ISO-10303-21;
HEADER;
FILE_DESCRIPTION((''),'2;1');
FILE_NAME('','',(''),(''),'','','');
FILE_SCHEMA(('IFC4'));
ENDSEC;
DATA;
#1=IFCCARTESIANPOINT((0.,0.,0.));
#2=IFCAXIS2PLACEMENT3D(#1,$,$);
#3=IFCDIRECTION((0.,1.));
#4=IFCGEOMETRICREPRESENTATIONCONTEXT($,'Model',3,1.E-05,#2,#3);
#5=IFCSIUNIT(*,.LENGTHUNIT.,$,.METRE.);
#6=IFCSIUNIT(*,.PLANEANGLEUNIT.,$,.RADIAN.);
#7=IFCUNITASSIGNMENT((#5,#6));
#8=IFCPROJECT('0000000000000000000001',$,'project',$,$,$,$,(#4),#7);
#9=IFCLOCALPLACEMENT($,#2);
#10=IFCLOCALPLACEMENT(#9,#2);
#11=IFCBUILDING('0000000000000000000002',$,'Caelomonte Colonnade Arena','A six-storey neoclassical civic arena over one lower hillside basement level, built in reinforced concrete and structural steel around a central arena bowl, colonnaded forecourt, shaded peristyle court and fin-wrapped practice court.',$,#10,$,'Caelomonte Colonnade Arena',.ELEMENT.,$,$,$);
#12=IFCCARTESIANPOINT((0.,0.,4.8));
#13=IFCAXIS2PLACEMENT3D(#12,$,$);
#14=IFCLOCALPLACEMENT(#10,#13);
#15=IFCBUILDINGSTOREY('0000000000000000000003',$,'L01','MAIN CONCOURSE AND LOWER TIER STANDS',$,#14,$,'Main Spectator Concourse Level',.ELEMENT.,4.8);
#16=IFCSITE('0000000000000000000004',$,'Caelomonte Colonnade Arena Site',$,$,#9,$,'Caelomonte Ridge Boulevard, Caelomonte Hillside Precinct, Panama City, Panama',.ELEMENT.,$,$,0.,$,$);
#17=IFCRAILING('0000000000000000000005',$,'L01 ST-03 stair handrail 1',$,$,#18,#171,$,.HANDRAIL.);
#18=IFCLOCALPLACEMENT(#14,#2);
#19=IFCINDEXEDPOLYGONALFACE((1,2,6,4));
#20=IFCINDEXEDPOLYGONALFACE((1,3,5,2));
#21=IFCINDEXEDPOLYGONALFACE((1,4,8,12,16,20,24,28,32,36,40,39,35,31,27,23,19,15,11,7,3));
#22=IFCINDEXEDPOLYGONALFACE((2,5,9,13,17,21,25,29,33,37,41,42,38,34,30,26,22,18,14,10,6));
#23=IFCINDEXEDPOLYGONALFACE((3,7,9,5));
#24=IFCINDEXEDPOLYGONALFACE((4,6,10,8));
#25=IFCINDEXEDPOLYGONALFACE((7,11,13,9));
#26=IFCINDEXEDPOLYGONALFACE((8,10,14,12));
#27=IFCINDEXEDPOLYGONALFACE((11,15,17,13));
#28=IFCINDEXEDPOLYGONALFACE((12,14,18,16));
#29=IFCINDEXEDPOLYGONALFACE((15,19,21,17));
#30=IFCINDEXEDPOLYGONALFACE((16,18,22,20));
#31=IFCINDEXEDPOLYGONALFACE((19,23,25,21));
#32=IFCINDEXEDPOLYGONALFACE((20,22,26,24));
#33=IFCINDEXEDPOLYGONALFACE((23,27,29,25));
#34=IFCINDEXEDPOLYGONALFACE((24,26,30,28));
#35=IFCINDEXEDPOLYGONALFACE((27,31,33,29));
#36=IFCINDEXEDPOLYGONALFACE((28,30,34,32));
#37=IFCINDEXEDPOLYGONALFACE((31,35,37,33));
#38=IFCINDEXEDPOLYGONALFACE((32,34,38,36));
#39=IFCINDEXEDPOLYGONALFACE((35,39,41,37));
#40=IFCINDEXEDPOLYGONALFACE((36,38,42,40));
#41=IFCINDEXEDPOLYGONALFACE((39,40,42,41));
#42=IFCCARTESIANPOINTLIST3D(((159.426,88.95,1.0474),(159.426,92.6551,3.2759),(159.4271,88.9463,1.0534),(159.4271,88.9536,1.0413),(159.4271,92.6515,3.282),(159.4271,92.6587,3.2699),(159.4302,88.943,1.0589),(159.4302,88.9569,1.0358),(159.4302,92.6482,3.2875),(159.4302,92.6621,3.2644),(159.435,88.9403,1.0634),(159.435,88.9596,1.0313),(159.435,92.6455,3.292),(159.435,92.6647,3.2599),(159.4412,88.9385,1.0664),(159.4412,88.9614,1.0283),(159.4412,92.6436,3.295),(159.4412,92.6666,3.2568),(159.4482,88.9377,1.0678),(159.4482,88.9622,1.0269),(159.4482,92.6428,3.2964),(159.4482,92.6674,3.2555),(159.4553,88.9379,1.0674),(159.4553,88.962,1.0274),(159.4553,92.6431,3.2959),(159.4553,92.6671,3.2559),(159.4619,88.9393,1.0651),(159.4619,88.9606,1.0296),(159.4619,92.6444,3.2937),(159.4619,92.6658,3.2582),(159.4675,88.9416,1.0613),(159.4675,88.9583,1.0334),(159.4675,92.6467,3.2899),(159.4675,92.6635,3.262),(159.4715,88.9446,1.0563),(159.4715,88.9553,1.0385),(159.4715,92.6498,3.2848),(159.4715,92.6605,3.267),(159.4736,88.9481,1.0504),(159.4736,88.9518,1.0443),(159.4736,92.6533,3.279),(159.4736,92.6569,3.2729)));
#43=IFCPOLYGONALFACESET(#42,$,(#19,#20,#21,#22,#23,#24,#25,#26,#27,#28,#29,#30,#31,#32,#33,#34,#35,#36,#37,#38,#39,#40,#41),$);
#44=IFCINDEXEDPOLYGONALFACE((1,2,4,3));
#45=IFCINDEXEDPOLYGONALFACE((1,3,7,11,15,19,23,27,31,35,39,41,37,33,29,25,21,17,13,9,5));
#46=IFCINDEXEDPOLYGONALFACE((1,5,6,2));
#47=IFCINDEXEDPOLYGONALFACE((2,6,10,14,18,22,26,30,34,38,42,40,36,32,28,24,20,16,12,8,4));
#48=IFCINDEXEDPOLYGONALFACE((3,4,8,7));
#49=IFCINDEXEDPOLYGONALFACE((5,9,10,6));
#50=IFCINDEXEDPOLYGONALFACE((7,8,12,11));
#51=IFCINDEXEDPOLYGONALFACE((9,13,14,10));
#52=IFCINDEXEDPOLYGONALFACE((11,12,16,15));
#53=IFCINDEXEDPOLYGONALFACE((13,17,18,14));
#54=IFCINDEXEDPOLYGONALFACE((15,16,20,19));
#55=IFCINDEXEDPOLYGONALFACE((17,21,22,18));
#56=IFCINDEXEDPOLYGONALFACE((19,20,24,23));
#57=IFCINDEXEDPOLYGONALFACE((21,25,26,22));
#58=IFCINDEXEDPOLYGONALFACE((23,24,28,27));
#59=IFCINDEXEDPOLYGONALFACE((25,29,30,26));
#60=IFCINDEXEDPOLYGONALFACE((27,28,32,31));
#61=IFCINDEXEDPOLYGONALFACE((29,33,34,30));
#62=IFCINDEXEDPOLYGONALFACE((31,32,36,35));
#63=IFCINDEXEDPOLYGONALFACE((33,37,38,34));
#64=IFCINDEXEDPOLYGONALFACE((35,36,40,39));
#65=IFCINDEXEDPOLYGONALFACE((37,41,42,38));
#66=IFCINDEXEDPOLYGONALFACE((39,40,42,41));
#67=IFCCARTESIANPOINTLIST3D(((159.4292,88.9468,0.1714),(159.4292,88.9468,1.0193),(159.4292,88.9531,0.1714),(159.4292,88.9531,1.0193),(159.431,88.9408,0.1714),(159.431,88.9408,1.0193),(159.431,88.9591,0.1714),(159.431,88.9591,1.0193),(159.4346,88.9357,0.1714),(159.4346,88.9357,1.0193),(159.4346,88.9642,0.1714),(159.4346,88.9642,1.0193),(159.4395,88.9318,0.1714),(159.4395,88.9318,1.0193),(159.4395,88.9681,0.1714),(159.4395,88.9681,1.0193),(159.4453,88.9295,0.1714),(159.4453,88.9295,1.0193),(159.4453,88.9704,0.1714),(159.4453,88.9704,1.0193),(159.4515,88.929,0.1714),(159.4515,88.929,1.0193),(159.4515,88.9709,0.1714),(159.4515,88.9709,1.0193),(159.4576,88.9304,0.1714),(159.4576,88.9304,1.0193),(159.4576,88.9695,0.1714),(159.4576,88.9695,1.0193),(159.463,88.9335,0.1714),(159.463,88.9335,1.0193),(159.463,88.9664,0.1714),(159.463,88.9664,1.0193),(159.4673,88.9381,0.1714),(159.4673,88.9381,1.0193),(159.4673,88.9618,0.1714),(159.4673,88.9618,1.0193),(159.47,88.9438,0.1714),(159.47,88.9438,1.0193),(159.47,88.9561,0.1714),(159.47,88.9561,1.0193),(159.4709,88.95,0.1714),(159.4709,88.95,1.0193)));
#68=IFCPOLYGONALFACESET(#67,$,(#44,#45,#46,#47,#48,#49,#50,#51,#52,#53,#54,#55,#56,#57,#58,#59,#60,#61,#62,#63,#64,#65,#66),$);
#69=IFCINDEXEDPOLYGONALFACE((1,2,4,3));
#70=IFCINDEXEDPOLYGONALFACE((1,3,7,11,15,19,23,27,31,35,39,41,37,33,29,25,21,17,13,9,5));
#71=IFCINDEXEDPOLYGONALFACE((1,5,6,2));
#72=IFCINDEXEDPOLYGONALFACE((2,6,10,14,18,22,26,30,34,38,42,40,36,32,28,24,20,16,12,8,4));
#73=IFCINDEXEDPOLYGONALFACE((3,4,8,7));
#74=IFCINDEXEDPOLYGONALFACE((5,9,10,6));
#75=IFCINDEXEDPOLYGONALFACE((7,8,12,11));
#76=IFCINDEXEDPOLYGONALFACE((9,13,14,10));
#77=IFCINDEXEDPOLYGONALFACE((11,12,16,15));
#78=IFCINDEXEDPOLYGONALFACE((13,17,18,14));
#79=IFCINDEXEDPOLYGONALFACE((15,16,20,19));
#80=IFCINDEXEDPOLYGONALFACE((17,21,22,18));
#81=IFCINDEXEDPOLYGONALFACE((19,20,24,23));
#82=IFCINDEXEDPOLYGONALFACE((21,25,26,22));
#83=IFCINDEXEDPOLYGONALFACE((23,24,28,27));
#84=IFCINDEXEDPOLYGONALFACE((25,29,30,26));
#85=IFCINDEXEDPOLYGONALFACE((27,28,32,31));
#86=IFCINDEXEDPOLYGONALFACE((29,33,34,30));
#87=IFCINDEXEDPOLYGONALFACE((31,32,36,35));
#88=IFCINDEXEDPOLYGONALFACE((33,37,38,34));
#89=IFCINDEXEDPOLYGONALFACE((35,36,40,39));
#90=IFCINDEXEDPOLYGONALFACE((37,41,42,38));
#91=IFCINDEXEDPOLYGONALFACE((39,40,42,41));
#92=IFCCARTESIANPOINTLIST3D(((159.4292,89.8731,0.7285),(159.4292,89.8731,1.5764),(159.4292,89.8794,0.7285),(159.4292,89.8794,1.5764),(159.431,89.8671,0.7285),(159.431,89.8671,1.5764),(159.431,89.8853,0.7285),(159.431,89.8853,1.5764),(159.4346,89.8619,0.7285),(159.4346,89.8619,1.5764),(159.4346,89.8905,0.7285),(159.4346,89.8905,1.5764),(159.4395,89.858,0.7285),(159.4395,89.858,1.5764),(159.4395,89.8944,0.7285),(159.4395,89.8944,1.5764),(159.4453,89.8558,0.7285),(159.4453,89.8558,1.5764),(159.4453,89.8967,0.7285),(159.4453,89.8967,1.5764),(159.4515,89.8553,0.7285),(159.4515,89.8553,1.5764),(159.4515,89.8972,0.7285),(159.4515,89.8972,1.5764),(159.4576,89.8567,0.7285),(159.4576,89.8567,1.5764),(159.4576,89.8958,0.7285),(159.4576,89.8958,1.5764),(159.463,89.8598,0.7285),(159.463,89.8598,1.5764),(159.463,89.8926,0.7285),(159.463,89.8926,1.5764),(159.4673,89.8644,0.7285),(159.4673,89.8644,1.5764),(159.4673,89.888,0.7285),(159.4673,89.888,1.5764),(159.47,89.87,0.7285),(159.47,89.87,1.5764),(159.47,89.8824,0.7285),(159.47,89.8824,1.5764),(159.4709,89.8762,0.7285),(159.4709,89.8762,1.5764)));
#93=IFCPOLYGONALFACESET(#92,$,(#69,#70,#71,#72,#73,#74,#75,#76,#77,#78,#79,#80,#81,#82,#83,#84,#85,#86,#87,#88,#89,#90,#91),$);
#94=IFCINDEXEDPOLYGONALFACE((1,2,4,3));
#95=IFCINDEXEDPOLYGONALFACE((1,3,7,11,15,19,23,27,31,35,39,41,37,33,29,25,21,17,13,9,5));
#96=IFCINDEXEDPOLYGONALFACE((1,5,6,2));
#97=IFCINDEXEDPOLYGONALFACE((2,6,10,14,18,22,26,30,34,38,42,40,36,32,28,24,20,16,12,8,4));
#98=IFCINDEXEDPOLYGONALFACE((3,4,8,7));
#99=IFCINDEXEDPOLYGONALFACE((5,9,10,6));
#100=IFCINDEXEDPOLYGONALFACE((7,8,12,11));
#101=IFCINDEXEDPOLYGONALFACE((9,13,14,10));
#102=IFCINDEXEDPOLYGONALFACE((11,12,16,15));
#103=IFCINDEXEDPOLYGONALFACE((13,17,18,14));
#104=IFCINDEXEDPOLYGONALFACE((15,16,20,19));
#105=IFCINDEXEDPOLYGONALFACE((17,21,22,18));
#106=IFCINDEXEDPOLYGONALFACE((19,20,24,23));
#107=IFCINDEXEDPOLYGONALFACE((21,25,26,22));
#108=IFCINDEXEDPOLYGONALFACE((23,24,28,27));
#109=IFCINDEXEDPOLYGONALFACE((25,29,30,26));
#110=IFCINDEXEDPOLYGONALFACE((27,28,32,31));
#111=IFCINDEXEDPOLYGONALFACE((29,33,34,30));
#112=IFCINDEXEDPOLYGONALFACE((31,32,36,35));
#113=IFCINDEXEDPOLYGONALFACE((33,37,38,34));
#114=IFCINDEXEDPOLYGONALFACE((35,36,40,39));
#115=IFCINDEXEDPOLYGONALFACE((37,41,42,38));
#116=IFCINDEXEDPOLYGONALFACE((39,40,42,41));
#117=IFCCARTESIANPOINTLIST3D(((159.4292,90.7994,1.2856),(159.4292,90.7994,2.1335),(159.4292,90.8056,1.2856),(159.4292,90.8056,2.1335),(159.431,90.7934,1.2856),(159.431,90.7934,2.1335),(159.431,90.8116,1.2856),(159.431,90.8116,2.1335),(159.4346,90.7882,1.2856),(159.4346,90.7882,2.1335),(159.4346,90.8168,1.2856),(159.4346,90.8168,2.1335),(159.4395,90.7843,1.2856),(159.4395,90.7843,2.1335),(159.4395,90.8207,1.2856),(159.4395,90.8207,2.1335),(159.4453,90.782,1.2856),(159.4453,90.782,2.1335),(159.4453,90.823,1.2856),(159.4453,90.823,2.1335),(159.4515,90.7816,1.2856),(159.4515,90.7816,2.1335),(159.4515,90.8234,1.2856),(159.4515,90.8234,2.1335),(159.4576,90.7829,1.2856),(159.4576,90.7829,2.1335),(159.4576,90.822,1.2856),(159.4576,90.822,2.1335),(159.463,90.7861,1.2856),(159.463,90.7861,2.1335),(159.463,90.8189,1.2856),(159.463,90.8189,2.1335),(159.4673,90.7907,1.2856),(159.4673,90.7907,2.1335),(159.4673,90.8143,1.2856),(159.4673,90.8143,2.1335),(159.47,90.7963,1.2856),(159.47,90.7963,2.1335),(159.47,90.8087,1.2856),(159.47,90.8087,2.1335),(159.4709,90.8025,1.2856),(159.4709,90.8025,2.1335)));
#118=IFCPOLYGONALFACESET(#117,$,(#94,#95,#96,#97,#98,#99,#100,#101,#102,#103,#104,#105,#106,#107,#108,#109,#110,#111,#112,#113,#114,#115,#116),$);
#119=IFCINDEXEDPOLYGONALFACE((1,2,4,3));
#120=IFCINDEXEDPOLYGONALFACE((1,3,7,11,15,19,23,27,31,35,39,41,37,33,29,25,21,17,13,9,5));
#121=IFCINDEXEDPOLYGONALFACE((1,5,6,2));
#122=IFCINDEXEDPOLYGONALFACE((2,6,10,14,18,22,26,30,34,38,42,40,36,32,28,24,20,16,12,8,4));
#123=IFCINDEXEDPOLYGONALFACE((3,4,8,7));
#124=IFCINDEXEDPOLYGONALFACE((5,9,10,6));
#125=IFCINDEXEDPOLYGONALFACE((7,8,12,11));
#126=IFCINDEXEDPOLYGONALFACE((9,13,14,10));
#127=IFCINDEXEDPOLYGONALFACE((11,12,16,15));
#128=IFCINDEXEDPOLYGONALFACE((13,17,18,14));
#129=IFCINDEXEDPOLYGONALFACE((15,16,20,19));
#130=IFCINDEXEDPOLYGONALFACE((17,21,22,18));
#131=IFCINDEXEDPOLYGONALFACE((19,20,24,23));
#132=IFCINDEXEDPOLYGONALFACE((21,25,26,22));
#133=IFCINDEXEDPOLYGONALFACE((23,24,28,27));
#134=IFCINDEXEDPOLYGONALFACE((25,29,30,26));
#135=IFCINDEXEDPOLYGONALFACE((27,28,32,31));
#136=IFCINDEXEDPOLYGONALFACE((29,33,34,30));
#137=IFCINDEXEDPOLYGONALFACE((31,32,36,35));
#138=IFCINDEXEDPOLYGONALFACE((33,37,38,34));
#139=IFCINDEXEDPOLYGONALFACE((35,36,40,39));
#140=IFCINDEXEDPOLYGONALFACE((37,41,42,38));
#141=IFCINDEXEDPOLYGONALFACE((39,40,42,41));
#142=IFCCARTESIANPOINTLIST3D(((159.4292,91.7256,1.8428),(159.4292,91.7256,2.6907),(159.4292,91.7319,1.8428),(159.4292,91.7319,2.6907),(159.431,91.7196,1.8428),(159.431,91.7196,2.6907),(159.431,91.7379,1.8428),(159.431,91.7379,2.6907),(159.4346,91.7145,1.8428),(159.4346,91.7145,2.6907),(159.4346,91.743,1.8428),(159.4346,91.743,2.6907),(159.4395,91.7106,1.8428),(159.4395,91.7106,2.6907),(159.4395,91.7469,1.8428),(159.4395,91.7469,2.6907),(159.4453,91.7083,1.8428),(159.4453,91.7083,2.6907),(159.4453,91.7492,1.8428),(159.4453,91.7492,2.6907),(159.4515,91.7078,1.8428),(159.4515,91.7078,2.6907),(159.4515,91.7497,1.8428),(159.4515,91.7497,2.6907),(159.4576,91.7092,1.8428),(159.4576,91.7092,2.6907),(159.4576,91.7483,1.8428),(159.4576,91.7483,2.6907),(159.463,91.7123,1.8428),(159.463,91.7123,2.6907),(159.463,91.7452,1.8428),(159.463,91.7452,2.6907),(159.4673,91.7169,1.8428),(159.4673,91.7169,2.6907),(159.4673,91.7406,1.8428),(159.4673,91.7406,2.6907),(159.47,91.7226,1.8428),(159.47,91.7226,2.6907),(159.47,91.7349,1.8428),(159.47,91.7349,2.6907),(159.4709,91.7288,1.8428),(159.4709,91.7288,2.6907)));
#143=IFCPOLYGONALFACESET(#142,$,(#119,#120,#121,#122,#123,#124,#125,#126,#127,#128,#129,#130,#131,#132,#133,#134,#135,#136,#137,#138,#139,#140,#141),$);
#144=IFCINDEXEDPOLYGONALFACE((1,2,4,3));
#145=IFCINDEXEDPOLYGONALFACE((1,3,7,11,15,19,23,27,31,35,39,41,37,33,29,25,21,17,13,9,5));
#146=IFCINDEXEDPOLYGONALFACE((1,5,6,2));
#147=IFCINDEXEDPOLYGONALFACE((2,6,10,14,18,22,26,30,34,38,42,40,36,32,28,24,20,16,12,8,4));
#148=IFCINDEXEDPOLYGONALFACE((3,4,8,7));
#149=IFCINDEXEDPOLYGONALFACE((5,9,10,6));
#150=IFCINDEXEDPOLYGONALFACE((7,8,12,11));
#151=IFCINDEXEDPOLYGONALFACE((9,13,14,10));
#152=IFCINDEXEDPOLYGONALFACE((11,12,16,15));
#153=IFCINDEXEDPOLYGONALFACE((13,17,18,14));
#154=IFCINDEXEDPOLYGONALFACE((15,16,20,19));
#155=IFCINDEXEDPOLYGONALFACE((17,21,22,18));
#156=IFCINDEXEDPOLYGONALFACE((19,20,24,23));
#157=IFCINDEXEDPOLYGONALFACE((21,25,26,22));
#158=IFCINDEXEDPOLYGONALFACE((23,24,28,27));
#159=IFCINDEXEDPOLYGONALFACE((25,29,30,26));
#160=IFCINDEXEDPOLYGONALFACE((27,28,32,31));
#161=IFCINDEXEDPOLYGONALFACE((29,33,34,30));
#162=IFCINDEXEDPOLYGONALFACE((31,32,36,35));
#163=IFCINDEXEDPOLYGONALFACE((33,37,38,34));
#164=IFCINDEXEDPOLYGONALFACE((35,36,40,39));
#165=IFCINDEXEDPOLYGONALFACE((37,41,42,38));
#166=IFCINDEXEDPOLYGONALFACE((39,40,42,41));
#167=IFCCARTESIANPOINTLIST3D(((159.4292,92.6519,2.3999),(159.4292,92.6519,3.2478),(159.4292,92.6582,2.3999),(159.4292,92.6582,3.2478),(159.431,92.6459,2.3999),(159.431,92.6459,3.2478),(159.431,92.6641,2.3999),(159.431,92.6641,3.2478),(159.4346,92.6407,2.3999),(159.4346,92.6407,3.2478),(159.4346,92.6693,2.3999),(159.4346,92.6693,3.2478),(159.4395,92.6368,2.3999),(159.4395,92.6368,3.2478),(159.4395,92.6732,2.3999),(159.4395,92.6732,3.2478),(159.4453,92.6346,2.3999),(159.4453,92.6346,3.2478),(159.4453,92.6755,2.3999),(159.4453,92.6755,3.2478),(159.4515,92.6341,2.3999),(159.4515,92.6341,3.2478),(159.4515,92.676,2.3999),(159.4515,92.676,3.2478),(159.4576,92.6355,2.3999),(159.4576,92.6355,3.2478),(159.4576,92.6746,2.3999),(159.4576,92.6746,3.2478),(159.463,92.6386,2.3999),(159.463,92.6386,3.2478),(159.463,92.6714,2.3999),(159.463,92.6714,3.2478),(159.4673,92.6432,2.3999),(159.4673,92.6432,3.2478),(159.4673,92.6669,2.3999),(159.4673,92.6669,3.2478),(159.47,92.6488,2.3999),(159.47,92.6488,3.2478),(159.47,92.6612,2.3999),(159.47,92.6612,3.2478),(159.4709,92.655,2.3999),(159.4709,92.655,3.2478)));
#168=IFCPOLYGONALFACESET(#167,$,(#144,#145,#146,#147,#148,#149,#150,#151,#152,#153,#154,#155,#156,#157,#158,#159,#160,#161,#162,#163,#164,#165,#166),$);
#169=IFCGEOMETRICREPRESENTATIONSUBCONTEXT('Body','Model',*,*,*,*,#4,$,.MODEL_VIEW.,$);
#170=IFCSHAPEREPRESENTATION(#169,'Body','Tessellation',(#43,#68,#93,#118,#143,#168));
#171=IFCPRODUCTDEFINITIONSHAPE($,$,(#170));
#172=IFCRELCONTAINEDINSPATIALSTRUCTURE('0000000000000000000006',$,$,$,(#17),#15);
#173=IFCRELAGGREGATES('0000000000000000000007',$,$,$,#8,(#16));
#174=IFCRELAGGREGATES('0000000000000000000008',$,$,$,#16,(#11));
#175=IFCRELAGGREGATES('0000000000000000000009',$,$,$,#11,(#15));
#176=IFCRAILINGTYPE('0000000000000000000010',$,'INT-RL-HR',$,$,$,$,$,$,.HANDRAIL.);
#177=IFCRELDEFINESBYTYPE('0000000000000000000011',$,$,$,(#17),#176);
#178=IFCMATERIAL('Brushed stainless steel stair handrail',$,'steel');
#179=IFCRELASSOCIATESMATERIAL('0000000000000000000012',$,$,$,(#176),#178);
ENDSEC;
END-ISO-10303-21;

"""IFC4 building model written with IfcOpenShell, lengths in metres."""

from ifc_helpers import new_model, si_unit, direction, frame, origin, origin_2d, place, context, subcontext, project, spatial, circle, extrude, material, type_object, element, save


model = new_model("IFC4")

# Units and contexts
model_context = context("Model", 3, precision=1e-05, world=origin(), true_north=direction((0.0, 1.0)))
body_context = subcontext(model_context, "Body", "Model", "MODEL_VIEW")
ifc_project = project(units=[si_unit("LENGTHUNIT", "METRE"), si_unit("PLANEANGLEUNIT", "RADIAN")], contexts=[model_context])

# Site, building, storey
site_placement = place(None, origin())
site = spatial("IfcSite", under=ifc_project, at=site_placement, Name="Caelomonte Colonnade Arena Site", LongName="Caelomonte Ridge Boulevard, Caelomonte Hillside Precinct, Panama City, Panama", CompositionType="ELEMENT", RefElevation=0.0)
building_placement = place(site_placement, origin())
building = spatial("IfcBuilding", under=site, at=building_placement, Name="Caelomonte Colonnade Arena", Description="A six-storey neoclassical civic arena over one lower hillside basement level, built in reinforced concrete and structural steel around a central arena bowl, colonnaded forecourt, shaded peristyle court and fin-wrapped practice court.", LongName="Caelomonte Colonnade Arena", CompositionType="ELEMENT")
storey_placement = place(building_placement, frame((0.0, 0.0, 4.8)))
storey = spatial("IfcBuildingStorey", under=building, at=storey_placement, Name="L01", Description="MAIN CONCOURSE AND LOWER TIER STANDS", LongName="Main Spectator Concourse Level", CompositionType="ELEMENT", Elevation=4.8)

# Railing
ifc_material_1 = material(Name="Brushed stainless steel stair handrail", Category="steel")
railing_type_1 = type_object("IfcRailingType", Name="INT-RL-HR", PredefinedType="HANDRAIL", material=ifc_material_1)
railing_1_placement = place(storey_placement, frame((159.45, 88.95, 0.1714)))
element("IfcRailing", 1, at=railing_1_placement, inside=storey, type_object=railing_type_1, Name="L01 ST-03 stair handrail 1", PredefinedType="HANDRAIL", context=body_context, shape_type="SweptSolid", body=[
    extrude(circle(Radius=0.0239, at=origin_2d()), frame((0.0, 0.0, 0.876), z_axis=(0.0, 0.856934, 0.515425), x_axis=(-1.0, 0.0, 0.0)), (0.0, 0.0, 1.0), 4.3237),
    extrude(circle(Radius=0.021, at=origin_2d()), origin(), (0.0, 0.0, 1.0), 0.8479),
    extrude(circle(Radius=0.021, at=origin_2d()), frame((0.0, 0.9263, 0.5571)), (0.0, 0.0, 1.0), 0.8479),
    extrude(circle(Radius=0.021, at=origin_2d()), frame((0.0, 1.8525, 1.1143)), (0.0, 0.0, 1.0), 0.8479),
    extrude(circle(Radius=0.021, at=origin_2d()), frame((0.0, 2.7788, 1.6714)), (0.0, 0.0, 1.0), 0.8479),
    extrude(circle(Radius=0.021, at=origin_2d()), frame((0.0, 3.7051, 2.2285)), (0.0, 0.0, 1.0), 0.8479),
])

save(model, "model.ifc")
